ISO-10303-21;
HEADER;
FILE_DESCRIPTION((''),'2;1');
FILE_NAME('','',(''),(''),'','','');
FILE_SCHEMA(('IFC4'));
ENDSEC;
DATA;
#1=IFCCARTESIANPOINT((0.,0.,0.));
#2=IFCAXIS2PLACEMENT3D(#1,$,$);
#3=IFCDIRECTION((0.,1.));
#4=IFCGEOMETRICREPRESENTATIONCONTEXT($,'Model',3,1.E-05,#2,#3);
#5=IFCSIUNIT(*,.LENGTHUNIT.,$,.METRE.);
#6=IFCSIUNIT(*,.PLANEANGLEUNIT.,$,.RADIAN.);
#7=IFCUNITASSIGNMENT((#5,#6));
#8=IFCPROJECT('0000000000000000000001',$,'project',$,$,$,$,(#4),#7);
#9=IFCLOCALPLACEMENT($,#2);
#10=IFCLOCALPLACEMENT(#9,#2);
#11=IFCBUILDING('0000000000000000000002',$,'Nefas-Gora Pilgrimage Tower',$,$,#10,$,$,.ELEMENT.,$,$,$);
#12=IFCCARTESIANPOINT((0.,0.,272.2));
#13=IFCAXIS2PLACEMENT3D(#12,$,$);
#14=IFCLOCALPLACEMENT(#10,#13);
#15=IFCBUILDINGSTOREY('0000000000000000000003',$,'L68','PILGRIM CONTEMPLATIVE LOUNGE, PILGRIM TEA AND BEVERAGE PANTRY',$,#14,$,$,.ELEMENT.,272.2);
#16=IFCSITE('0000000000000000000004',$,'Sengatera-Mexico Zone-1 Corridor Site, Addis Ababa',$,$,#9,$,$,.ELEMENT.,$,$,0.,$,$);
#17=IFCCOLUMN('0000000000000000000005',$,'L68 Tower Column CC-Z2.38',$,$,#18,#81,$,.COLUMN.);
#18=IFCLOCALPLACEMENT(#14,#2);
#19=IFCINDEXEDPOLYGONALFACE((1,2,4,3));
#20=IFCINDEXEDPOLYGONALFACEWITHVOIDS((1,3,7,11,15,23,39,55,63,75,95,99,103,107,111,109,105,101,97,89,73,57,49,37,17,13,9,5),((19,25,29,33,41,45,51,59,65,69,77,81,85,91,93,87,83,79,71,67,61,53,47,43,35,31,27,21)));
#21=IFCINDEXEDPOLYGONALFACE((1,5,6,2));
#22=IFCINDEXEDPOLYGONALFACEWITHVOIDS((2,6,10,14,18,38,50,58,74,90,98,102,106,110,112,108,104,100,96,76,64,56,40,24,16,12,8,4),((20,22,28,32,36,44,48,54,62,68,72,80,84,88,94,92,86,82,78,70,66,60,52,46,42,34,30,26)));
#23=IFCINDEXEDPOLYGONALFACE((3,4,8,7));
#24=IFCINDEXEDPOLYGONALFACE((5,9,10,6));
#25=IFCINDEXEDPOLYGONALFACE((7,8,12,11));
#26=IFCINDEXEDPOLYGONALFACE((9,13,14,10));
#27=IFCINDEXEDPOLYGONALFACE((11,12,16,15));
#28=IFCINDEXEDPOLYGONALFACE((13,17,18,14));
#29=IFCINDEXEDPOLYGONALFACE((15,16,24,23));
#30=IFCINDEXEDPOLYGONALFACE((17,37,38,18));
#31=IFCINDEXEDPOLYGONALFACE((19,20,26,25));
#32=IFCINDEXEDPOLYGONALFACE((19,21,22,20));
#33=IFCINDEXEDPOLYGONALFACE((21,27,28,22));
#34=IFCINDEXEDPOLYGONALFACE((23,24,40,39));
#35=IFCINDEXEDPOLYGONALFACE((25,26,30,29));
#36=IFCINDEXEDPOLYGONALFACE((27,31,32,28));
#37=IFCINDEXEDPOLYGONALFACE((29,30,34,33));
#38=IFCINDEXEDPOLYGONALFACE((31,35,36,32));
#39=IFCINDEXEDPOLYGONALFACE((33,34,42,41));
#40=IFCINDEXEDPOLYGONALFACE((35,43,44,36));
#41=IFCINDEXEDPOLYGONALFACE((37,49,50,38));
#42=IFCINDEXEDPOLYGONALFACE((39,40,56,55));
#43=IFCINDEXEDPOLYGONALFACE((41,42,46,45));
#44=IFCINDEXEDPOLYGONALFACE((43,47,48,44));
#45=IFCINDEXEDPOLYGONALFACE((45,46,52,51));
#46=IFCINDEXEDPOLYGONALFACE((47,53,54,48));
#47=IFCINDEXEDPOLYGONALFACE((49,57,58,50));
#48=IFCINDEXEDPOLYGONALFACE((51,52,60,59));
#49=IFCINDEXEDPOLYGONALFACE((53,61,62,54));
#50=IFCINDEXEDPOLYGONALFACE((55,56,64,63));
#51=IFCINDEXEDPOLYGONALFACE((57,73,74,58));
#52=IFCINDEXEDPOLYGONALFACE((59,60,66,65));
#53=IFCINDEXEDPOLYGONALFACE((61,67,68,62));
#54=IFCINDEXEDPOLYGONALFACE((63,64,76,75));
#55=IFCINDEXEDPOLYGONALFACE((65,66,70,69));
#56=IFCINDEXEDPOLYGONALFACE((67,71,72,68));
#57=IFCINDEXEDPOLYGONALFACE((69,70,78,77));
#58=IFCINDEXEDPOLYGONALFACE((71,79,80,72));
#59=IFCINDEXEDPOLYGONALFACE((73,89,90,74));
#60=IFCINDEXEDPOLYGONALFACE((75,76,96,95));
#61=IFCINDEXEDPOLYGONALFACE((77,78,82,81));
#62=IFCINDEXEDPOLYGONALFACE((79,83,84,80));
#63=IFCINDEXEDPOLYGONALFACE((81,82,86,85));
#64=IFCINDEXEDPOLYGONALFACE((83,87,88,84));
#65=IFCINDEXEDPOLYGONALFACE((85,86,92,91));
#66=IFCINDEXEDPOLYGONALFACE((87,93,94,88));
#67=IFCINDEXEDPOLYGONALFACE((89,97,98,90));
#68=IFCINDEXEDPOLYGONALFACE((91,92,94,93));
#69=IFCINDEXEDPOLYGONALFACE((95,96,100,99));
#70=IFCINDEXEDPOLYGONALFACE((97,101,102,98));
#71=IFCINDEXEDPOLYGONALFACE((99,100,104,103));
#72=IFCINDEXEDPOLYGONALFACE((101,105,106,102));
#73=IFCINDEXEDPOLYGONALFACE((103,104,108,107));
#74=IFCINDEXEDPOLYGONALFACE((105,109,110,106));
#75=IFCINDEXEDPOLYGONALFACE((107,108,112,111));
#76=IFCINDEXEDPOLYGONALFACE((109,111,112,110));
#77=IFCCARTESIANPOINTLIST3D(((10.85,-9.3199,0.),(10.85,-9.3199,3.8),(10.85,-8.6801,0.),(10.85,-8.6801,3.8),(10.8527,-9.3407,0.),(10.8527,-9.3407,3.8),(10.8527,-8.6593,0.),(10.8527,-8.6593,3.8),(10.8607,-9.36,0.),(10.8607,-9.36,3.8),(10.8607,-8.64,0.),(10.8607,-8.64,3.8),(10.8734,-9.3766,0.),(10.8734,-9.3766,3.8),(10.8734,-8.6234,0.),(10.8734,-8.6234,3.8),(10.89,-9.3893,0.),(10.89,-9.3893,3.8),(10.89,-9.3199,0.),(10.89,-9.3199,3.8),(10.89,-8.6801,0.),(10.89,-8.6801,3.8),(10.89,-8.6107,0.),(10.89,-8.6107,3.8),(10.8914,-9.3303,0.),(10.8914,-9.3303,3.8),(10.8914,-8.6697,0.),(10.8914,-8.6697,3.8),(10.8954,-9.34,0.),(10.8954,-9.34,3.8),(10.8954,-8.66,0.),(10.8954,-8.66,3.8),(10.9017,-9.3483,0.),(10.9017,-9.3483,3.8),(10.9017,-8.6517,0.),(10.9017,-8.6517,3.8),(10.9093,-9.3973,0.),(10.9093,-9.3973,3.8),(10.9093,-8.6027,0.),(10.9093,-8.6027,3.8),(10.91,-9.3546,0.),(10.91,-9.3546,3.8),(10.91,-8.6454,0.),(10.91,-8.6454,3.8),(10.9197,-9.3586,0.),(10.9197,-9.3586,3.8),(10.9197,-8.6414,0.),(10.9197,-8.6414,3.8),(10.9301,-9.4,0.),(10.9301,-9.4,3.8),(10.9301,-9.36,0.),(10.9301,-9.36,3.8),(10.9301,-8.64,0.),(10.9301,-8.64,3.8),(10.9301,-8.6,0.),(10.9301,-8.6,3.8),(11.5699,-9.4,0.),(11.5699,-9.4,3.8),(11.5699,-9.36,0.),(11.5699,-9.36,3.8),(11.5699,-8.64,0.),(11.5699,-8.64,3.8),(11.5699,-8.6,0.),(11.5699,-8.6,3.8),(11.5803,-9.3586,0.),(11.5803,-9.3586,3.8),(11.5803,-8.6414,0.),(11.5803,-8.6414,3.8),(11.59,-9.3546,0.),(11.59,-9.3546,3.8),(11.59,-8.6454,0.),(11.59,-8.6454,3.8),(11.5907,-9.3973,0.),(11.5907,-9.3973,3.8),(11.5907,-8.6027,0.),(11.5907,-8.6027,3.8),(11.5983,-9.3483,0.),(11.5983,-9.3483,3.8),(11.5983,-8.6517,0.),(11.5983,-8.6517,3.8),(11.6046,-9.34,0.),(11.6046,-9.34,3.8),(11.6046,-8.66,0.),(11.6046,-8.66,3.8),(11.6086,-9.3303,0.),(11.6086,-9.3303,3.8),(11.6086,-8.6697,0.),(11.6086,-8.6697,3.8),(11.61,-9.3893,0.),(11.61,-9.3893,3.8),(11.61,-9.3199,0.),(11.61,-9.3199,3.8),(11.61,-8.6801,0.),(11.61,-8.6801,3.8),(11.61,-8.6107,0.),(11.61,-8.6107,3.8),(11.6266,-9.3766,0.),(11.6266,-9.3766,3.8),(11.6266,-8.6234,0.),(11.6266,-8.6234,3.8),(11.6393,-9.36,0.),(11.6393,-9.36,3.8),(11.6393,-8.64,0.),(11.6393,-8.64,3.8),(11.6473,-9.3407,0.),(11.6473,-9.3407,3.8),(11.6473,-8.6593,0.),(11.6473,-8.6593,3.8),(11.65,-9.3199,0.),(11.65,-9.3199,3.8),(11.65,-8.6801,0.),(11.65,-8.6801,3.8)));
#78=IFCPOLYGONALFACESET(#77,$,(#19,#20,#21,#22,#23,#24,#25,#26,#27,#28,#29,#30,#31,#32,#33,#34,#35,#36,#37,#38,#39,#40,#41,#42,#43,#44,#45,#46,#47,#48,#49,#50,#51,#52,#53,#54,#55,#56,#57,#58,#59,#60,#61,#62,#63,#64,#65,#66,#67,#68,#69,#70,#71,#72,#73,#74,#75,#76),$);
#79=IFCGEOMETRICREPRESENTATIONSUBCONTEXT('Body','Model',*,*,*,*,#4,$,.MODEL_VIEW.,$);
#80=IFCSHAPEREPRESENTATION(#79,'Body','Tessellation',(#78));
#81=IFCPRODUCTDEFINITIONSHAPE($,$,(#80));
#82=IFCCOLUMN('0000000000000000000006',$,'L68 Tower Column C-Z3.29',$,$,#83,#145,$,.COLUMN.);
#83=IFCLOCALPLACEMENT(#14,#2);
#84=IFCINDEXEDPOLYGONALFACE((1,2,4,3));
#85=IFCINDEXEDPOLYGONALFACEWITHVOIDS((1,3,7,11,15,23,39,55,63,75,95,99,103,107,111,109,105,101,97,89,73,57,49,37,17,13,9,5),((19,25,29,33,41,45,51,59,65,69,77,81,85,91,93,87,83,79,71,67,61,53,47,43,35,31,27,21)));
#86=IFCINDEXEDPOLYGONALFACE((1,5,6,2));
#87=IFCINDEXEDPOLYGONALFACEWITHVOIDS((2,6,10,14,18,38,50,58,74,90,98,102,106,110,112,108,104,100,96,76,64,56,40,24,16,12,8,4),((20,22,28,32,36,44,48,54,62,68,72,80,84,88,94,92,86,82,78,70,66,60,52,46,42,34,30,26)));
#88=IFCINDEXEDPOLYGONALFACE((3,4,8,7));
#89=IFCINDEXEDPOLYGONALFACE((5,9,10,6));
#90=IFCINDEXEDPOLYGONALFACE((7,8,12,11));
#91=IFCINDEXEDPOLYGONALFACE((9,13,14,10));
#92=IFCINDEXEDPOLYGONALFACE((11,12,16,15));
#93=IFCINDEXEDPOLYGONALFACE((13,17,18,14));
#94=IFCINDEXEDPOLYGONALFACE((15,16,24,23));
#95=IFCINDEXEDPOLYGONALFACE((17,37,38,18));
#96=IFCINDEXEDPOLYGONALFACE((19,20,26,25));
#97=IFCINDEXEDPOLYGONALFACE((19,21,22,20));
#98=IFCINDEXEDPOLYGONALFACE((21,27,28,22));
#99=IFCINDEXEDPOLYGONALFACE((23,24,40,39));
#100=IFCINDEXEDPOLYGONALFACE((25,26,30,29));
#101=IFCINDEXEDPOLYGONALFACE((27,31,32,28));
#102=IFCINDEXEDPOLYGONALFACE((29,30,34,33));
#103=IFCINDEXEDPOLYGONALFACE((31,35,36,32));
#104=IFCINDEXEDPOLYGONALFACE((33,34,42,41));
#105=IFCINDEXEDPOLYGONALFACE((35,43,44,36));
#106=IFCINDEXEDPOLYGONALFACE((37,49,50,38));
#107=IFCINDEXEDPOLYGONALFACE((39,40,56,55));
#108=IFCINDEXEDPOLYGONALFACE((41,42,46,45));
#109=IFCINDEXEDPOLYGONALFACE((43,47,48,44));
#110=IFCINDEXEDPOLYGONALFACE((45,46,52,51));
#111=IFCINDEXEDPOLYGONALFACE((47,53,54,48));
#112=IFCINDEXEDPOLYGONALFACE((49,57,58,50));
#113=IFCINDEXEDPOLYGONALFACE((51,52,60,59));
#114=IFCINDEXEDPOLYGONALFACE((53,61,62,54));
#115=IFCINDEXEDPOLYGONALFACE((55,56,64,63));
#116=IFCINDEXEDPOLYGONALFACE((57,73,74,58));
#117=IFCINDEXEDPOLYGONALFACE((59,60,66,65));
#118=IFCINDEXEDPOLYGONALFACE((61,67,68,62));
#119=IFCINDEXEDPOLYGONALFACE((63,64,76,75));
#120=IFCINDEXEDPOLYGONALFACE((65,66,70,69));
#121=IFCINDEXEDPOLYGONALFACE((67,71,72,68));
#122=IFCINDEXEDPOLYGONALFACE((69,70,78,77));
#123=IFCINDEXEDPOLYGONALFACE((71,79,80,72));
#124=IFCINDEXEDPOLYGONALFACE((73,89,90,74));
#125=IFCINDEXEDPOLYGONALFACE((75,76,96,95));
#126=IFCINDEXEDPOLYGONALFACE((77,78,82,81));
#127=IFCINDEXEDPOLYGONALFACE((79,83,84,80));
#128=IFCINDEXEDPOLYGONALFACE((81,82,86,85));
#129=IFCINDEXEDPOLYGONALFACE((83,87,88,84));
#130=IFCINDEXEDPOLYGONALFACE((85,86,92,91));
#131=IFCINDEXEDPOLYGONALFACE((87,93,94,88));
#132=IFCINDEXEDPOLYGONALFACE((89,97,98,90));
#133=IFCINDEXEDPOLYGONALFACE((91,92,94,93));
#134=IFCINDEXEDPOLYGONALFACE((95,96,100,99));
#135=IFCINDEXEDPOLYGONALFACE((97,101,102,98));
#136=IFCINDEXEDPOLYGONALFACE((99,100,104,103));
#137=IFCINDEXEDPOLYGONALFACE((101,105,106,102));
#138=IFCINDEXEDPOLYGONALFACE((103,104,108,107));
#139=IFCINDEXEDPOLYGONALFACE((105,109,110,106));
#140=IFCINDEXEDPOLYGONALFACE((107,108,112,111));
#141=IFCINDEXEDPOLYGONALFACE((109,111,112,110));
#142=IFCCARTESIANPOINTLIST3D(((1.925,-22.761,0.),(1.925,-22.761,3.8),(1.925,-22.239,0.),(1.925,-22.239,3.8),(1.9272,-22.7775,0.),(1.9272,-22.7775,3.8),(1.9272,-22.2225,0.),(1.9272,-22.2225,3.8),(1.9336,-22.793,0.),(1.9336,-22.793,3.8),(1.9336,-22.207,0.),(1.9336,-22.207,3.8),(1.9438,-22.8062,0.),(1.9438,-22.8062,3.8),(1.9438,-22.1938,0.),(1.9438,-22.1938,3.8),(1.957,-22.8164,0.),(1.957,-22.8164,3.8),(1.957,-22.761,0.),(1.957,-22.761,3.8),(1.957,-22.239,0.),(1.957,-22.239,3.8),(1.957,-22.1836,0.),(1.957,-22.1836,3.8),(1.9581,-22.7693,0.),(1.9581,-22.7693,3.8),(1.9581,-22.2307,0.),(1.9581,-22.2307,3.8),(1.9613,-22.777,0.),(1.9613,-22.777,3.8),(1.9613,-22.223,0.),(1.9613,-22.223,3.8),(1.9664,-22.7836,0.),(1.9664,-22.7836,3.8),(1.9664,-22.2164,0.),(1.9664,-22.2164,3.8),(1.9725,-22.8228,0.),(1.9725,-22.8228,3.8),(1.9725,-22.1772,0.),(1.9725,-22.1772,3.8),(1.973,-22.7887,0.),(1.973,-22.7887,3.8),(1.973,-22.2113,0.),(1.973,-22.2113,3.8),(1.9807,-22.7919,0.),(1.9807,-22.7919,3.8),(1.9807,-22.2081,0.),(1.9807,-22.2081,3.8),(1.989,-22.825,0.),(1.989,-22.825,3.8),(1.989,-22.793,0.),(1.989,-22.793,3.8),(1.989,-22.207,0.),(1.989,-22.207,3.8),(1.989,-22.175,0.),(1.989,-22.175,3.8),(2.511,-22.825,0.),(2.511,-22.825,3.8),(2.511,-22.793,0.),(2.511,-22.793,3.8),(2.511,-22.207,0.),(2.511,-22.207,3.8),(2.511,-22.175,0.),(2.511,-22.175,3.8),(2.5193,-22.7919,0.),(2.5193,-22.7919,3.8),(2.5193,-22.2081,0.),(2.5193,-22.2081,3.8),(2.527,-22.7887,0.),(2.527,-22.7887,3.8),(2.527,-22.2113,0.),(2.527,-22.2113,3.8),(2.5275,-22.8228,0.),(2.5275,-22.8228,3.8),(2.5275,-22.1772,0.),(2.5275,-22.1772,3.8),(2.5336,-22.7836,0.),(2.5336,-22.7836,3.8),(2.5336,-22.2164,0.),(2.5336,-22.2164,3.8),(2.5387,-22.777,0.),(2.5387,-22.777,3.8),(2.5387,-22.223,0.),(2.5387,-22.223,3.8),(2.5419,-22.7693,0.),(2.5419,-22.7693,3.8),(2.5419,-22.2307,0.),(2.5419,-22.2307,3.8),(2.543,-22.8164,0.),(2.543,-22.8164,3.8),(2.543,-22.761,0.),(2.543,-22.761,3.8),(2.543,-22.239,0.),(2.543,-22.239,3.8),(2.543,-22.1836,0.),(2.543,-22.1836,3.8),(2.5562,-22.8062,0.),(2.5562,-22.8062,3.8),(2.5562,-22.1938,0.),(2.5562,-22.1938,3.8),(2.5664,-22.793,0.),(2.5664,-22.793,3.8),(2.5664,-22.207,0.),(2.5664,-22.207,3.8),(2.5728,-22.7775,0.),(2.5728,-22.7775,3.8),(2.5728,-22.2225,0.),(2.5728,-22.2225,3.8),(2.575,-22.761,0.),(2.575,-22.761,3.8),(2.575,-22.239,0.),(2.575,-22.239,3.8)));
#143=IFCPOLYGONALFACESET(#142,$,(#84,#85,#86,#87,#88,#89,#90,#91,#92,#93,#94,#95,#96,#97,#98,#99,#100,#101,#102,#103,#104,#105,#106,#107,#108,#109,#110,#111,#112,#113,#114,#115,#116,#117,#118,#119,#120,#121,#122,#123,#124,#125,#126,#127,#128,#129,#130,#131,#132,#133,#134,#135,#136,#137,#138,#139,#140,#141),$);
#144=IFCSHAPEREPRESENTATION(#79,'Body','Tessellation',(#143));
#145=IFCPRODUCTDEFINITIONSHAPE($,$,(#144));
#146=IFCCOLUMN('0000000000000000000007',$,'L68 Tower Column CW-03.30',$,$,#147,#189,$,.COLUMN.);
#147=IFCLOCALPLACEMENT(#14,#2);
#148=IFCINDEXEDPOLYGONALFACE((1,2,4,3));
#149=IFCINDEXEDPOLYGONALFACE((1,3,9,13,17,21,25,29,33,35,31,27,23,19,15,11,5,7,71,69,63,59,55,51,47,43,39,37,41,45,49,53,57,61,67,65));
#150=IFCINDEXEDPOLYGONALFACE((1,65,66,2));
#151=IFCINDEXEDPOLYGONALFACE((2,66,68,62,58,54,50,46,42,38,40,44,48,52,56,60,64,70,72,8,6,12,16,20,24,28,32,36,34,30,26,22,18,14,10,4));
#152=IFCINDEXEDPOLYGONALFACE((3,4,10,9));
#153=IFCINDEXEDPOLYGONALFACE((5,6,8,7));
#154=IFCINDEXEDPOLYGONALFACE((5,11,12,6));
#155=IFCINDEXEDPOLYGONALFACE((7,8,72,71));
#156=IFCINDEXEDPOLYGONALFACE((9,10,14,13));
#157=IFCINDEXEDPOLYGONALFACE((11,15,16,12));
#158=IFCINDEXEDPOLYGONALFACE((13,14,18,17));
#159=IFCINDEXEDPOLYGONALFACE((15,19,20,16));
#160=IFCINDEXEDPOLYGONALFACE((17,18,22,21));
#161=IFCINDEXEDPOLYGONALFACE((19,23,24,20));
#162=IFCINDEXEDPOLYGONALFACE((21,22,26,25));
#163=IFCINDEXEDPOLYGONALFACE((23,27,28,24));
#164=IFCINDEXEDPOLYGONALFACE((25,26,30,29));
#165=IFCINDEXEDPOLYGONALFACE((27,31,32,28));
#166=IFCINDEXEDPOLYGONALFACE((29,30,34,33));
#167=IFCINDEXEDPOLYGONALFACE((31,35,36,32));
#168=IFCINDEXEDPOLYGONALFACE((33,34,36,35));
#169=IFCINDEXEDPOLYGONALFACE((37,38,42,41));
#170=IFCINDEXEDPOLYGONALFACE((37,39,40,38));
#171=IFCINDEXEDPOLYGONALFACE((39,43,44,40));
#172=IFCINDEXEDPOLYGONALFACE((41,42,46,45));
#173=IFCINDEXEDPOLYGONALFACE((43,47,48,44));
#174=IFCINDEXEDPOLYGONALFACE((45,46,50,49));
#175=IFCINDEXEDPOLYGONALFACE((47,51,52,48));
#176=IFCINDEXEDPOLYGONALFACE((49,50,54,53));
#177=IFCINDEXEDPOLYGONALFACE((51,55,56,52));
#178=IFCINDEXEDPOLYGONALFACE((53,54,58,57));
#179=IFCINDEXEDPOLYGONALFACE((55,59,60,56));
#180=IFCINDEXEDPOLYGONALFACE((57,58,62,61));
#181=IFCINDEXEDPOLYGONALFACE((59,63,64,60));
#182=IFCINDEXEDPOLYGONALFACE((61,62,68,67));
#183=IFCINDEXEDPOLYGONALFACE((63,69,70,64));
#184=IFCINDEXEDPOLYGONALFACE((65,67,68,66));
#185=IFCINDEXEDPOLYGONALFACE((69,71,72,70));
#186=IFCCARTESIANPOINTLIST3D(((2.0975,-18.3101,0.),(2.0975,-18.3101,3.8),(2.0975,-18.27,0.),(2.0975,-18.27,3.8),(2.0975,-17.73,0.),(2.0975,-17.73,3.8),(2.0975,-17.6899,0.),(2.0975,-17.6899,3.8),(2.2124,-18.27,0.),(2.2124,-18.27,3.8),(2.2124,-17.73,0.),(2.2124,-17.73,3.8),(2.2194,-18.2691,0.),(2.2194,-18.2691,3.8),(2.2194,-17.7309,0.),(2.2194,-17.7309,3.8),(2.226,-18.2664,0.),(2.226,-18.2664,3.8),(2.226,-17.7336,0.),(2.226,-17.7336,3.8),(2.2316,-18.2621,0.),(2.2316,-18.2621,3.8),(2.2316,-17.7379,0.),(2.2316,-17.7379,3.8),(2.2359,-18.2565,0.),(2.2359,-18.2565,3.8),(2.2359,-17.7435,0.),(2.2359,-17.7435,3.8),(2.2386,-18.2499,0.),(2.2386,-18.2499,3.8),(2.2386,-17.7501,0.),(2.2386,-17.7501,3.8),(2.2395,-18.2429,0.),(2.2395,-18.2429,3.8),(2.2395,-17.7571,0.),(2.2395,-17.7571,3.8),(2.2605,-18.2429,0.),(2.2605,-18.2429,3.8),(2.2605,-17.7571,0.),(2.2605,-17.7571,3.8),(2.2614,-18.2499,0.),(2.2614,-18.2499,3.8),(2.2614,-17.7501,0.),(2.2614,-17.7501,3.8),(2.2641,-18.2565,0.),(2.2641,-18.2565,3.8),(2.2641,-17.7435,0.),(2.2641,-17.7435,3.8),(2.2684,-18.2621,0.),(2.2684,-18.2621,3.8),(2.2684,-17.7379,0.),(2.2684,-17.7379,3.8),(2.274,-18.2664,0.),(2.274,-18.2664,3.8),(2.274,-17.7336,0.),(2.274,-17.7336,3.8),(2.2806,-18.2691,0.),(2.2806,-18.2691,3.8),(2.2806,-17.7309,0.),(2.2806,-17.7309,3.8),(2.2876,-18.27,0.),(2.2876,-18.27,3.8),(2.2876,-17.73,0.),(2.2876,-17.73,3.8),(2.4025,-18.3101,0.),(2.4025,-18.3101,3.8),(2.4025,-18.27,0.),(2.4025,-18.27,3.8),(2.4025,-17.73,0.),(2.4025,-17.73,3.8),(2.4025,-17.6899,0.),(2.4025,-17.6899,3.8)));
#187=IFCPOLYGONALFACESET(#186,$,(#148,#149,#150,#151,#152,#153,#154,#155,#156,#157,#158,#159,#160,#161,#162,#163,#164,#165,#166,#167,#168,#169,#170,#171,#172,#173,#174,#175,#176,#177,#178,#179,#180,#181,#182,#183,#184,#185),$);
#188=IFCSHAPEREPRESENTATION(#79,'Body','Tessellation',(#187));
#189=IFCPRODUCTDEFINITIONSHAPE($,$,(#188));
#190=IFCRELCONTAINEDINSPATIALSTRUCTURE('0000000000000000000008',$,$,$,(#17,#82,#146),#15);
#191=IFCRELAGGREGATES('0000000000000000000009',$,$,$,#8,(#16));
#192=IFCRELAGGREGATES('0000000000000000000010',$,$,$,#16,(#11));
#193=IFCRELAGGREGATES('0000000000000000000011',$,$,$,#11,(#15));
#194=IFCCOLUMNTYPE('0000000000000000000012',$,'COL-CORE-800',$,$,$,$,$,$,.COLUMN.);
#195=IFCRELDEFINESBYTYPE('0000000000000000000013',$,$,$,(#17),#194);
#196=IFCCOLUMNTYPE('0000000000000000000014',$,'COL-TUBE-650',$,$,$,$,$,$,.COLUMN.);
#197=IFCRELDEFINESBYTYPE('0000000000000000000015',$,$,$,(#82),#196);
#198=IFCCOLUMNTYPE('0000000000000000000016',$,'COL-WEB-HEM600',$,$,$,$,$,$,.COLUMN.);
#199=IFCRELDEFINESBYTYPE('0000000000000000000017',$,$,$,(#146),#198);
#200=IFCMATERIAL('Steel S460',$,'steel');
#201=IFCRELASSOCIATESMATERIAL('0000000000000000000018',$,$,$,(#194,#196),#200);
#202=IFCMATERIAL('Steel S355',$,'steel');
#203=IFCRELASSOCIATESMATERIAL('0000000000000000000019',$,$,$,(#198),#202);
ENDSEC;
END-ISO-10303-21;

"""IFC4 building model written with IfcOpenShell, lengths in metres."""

from ifc_helpers import new_model, si_unit, direction, frame, origin, origin_2d, place, context, subcontext, project, spatial, hollow_rectangle, i_section, extrude, source, transform, mapped, material, material_profile, profile_set, type_object, element, save


model = new_model("IFC4")

# Units and contexts
model_context = context("Model", 3, precision=1e-05, world=origin(), true_north=direction((0.0, 1.0)))
body_context = subcontext(model_context, "Body", "Model", "MODEL_VIEW")
ifc_project = project(units=[si_unit("LENGTHUNIT", "METRE"), si_unit("PLANEANGLEUNIT", "RADIAN")], contexts=[model_context])

# Site, building, storey
site_placement = place(None, origin())
site = spatial("IfcSite", under=ifc_project, at=site_placement, Name="Sengatera-Mexico Zone-1 Corridor Site, Addis Ababa", CompositionType="ELEMENT", RefElevation=0.0)
building_placement = place(site_placement, origin())
building = spatial("IfcBuilding", under=site, at=building_placement, Name="Nefas-Gora Pilgrimage Tower", CompositionType="ELEMENT")
storey_placement = place(building_placement, frame((0.0, 0.0, 272.2)))
storey = spatial("IfcBuildingStorey", under=building, at=storey_placement, Name="L68", Description="PILGRIM CONTEMPLATIVE LOUNGE, PILGRIM TEA AND BEVERAGE PANTRY", CompositionType="ELEMENT", Elevation=272.2)

# Columns
ifc_material_1 = material(Name="Steel S460", Category="steel")
ifc_material_profile_1 = material_profile(ifc_material_1, hollow_rectangle(XDim=0.8, YDim=0.8, WallThickness=0.04, InnerFilletRadius=0.04, OuterFilletRadius=0.0801, at=origin_2d()), Name="BOX 800x800x40")
ifc_profile_set_1 = profile_set([ifc_material_profile_1], Name="Steel S460")
column_type_1 = type_object("IfcColumnType", Name="COL-CORE-800", PredefinedType="COLUMN", material=ifc_profile_set_1)
shared_shape_1 = source(origin(), body_context, "Body", "SweptSolid", [
    extrude(hollow_rectangle(XDim=0.8, YDim=0.8, WallThickness=0.04, InnerFilletRadius=0.04, OuterFilletRadius=0.0801, at=origin_2d()), origin(), (0.0, 0.0, 1.0), 3.8),
])
column_1_placement = place(storey_placement, frame((11.25, -9.0, 0.0), z_axis=(0.0, 0.0, 1.0), x_axis=(1.0, 0.0, 0.0)))
element("IfcColumn", 1, at=column_1_placement, inside=storey, type_object=column_type_1, Name="L68 Tower Column CC-Z2.38", PredefinedType="COLUMN", context=body_context, shape_type="MappedRepresentation", body=[
    mapped(shared_shape_1, transform((0.0, 0.0, 0.0), x_axis=(1.0, 0.0, 0.0), y_axis=(0.0, 1.0, 0.0), z_axis=(0.0, 0.0, 1.0), scale=1.0)),
])
ifc_material_profile_2 = material_profile(ifc_material_1, hollow_rectangle(XDim=0.6499, YDim=0.6499, WallThickness=0.032, InnerFilletRadius=0.032, OuterFilletRadius=0.064, at=origin_2d()), Name="BOX 650x650x32")
ifc_profile_set_2 = profile_set([ifc_material_profile_2], Name="Steel S460")
column_type_2 = type_object("IfcColumnType", Name="COL-TUBE-650", PredefinedType="COLUMN", material=ifc_profile_set_2)
shared_shape_2 = source(origin(), body_context, "Body", "SweptSolid", [
    extrude(hollow_rectangle(XDim=0.6499, YDim=0.6499, WallThickness=0.032, InnerFilletRadius=0.032, OuterFilletRadius=0.064, at=origin_2d()), origin(), (0.0, 0.0, 1.0), 3.8),
])
column_2_placement = place(storey_placement, frame((2.25, -22.5, 0.0), z_axis=(0.0, 0.0, 1.0), x_axis=(1.0, 0.0, 0.0)))
element("IfcColumn", 2, at=column_2_placement, inside=storey, type_object=column_type_2, Name="L68 Tower Column C-Z3.29", PredefinedType="COLUMN", context=body_context, shape_type="MappedRepresentation", body=[
    mapped(shared_shape_2, transform((0.0, 0.0, 0.0), x_axis=(1.0, 0.0, 0.0), y_axis=(0.0, 1.0, 0.0), z_axis=(0.0, 0.0, 1.0), scale=1.0)),
])
ifc_material_2 = material(Name="Steel S355", Category="steel")
ifc_material_profile_3 = material_profile(ifc_material_2, i_section(OverallWidth=0.3049, OverallDepth=0.6201, WebThickness=0.021, FlangeThickness=0.04, FilletRadius=0.0271, at=origin_2d()), Name="HEM 600")
ifc_profile_set_3 = profile_set([ifc_material_profile_3], Name="Steel S355")
column_type_3 = type_object("IfcColumnType", Name="COL-WEB-HEM600", PredefinedType="COLUMN", material=ifc_profile_set_3)
shared_shape_3 = source(origin(), body_context, "Body", "SweptSolid", [
    extrude(i_section(OverallWidth=0.3049, OverallDepth=0.6201, WebThickness=0.021, FlangeThickness=0.04, FilletRadius=0.0271, at=origin_2d()), origin(), (0.0, 0.0, 1.0), 3.8),
])
for number, where, z_axis, x_axis, name in (
    (3, (2.25, -18.0, 0.0), (0.0, 0.0, 1.0), (1.0, 0.0, 0.0), "L68 Tower Column CW-03.30"),
):
    element("IfcColumn", number, at=place(storey_placement, frame(where, z_axis=z_axis, x_axis=x_axis)), inside=storey, type_object=column_type_3, Name=name, PredefinedType="COLUMN", context=body_context, shape_type="MappedRepresentation", body=[
        mapped(shared_shape_3, transform((0.0, 0.0, 0.0), x_axis=(1.0, 0.0, 0.0), y_axis=(0.0, 1.0, 0.0), z_axis=(0.0, 0.0, 1.0), scale=1.0)),
    ])

save(model, "model.ifc")
